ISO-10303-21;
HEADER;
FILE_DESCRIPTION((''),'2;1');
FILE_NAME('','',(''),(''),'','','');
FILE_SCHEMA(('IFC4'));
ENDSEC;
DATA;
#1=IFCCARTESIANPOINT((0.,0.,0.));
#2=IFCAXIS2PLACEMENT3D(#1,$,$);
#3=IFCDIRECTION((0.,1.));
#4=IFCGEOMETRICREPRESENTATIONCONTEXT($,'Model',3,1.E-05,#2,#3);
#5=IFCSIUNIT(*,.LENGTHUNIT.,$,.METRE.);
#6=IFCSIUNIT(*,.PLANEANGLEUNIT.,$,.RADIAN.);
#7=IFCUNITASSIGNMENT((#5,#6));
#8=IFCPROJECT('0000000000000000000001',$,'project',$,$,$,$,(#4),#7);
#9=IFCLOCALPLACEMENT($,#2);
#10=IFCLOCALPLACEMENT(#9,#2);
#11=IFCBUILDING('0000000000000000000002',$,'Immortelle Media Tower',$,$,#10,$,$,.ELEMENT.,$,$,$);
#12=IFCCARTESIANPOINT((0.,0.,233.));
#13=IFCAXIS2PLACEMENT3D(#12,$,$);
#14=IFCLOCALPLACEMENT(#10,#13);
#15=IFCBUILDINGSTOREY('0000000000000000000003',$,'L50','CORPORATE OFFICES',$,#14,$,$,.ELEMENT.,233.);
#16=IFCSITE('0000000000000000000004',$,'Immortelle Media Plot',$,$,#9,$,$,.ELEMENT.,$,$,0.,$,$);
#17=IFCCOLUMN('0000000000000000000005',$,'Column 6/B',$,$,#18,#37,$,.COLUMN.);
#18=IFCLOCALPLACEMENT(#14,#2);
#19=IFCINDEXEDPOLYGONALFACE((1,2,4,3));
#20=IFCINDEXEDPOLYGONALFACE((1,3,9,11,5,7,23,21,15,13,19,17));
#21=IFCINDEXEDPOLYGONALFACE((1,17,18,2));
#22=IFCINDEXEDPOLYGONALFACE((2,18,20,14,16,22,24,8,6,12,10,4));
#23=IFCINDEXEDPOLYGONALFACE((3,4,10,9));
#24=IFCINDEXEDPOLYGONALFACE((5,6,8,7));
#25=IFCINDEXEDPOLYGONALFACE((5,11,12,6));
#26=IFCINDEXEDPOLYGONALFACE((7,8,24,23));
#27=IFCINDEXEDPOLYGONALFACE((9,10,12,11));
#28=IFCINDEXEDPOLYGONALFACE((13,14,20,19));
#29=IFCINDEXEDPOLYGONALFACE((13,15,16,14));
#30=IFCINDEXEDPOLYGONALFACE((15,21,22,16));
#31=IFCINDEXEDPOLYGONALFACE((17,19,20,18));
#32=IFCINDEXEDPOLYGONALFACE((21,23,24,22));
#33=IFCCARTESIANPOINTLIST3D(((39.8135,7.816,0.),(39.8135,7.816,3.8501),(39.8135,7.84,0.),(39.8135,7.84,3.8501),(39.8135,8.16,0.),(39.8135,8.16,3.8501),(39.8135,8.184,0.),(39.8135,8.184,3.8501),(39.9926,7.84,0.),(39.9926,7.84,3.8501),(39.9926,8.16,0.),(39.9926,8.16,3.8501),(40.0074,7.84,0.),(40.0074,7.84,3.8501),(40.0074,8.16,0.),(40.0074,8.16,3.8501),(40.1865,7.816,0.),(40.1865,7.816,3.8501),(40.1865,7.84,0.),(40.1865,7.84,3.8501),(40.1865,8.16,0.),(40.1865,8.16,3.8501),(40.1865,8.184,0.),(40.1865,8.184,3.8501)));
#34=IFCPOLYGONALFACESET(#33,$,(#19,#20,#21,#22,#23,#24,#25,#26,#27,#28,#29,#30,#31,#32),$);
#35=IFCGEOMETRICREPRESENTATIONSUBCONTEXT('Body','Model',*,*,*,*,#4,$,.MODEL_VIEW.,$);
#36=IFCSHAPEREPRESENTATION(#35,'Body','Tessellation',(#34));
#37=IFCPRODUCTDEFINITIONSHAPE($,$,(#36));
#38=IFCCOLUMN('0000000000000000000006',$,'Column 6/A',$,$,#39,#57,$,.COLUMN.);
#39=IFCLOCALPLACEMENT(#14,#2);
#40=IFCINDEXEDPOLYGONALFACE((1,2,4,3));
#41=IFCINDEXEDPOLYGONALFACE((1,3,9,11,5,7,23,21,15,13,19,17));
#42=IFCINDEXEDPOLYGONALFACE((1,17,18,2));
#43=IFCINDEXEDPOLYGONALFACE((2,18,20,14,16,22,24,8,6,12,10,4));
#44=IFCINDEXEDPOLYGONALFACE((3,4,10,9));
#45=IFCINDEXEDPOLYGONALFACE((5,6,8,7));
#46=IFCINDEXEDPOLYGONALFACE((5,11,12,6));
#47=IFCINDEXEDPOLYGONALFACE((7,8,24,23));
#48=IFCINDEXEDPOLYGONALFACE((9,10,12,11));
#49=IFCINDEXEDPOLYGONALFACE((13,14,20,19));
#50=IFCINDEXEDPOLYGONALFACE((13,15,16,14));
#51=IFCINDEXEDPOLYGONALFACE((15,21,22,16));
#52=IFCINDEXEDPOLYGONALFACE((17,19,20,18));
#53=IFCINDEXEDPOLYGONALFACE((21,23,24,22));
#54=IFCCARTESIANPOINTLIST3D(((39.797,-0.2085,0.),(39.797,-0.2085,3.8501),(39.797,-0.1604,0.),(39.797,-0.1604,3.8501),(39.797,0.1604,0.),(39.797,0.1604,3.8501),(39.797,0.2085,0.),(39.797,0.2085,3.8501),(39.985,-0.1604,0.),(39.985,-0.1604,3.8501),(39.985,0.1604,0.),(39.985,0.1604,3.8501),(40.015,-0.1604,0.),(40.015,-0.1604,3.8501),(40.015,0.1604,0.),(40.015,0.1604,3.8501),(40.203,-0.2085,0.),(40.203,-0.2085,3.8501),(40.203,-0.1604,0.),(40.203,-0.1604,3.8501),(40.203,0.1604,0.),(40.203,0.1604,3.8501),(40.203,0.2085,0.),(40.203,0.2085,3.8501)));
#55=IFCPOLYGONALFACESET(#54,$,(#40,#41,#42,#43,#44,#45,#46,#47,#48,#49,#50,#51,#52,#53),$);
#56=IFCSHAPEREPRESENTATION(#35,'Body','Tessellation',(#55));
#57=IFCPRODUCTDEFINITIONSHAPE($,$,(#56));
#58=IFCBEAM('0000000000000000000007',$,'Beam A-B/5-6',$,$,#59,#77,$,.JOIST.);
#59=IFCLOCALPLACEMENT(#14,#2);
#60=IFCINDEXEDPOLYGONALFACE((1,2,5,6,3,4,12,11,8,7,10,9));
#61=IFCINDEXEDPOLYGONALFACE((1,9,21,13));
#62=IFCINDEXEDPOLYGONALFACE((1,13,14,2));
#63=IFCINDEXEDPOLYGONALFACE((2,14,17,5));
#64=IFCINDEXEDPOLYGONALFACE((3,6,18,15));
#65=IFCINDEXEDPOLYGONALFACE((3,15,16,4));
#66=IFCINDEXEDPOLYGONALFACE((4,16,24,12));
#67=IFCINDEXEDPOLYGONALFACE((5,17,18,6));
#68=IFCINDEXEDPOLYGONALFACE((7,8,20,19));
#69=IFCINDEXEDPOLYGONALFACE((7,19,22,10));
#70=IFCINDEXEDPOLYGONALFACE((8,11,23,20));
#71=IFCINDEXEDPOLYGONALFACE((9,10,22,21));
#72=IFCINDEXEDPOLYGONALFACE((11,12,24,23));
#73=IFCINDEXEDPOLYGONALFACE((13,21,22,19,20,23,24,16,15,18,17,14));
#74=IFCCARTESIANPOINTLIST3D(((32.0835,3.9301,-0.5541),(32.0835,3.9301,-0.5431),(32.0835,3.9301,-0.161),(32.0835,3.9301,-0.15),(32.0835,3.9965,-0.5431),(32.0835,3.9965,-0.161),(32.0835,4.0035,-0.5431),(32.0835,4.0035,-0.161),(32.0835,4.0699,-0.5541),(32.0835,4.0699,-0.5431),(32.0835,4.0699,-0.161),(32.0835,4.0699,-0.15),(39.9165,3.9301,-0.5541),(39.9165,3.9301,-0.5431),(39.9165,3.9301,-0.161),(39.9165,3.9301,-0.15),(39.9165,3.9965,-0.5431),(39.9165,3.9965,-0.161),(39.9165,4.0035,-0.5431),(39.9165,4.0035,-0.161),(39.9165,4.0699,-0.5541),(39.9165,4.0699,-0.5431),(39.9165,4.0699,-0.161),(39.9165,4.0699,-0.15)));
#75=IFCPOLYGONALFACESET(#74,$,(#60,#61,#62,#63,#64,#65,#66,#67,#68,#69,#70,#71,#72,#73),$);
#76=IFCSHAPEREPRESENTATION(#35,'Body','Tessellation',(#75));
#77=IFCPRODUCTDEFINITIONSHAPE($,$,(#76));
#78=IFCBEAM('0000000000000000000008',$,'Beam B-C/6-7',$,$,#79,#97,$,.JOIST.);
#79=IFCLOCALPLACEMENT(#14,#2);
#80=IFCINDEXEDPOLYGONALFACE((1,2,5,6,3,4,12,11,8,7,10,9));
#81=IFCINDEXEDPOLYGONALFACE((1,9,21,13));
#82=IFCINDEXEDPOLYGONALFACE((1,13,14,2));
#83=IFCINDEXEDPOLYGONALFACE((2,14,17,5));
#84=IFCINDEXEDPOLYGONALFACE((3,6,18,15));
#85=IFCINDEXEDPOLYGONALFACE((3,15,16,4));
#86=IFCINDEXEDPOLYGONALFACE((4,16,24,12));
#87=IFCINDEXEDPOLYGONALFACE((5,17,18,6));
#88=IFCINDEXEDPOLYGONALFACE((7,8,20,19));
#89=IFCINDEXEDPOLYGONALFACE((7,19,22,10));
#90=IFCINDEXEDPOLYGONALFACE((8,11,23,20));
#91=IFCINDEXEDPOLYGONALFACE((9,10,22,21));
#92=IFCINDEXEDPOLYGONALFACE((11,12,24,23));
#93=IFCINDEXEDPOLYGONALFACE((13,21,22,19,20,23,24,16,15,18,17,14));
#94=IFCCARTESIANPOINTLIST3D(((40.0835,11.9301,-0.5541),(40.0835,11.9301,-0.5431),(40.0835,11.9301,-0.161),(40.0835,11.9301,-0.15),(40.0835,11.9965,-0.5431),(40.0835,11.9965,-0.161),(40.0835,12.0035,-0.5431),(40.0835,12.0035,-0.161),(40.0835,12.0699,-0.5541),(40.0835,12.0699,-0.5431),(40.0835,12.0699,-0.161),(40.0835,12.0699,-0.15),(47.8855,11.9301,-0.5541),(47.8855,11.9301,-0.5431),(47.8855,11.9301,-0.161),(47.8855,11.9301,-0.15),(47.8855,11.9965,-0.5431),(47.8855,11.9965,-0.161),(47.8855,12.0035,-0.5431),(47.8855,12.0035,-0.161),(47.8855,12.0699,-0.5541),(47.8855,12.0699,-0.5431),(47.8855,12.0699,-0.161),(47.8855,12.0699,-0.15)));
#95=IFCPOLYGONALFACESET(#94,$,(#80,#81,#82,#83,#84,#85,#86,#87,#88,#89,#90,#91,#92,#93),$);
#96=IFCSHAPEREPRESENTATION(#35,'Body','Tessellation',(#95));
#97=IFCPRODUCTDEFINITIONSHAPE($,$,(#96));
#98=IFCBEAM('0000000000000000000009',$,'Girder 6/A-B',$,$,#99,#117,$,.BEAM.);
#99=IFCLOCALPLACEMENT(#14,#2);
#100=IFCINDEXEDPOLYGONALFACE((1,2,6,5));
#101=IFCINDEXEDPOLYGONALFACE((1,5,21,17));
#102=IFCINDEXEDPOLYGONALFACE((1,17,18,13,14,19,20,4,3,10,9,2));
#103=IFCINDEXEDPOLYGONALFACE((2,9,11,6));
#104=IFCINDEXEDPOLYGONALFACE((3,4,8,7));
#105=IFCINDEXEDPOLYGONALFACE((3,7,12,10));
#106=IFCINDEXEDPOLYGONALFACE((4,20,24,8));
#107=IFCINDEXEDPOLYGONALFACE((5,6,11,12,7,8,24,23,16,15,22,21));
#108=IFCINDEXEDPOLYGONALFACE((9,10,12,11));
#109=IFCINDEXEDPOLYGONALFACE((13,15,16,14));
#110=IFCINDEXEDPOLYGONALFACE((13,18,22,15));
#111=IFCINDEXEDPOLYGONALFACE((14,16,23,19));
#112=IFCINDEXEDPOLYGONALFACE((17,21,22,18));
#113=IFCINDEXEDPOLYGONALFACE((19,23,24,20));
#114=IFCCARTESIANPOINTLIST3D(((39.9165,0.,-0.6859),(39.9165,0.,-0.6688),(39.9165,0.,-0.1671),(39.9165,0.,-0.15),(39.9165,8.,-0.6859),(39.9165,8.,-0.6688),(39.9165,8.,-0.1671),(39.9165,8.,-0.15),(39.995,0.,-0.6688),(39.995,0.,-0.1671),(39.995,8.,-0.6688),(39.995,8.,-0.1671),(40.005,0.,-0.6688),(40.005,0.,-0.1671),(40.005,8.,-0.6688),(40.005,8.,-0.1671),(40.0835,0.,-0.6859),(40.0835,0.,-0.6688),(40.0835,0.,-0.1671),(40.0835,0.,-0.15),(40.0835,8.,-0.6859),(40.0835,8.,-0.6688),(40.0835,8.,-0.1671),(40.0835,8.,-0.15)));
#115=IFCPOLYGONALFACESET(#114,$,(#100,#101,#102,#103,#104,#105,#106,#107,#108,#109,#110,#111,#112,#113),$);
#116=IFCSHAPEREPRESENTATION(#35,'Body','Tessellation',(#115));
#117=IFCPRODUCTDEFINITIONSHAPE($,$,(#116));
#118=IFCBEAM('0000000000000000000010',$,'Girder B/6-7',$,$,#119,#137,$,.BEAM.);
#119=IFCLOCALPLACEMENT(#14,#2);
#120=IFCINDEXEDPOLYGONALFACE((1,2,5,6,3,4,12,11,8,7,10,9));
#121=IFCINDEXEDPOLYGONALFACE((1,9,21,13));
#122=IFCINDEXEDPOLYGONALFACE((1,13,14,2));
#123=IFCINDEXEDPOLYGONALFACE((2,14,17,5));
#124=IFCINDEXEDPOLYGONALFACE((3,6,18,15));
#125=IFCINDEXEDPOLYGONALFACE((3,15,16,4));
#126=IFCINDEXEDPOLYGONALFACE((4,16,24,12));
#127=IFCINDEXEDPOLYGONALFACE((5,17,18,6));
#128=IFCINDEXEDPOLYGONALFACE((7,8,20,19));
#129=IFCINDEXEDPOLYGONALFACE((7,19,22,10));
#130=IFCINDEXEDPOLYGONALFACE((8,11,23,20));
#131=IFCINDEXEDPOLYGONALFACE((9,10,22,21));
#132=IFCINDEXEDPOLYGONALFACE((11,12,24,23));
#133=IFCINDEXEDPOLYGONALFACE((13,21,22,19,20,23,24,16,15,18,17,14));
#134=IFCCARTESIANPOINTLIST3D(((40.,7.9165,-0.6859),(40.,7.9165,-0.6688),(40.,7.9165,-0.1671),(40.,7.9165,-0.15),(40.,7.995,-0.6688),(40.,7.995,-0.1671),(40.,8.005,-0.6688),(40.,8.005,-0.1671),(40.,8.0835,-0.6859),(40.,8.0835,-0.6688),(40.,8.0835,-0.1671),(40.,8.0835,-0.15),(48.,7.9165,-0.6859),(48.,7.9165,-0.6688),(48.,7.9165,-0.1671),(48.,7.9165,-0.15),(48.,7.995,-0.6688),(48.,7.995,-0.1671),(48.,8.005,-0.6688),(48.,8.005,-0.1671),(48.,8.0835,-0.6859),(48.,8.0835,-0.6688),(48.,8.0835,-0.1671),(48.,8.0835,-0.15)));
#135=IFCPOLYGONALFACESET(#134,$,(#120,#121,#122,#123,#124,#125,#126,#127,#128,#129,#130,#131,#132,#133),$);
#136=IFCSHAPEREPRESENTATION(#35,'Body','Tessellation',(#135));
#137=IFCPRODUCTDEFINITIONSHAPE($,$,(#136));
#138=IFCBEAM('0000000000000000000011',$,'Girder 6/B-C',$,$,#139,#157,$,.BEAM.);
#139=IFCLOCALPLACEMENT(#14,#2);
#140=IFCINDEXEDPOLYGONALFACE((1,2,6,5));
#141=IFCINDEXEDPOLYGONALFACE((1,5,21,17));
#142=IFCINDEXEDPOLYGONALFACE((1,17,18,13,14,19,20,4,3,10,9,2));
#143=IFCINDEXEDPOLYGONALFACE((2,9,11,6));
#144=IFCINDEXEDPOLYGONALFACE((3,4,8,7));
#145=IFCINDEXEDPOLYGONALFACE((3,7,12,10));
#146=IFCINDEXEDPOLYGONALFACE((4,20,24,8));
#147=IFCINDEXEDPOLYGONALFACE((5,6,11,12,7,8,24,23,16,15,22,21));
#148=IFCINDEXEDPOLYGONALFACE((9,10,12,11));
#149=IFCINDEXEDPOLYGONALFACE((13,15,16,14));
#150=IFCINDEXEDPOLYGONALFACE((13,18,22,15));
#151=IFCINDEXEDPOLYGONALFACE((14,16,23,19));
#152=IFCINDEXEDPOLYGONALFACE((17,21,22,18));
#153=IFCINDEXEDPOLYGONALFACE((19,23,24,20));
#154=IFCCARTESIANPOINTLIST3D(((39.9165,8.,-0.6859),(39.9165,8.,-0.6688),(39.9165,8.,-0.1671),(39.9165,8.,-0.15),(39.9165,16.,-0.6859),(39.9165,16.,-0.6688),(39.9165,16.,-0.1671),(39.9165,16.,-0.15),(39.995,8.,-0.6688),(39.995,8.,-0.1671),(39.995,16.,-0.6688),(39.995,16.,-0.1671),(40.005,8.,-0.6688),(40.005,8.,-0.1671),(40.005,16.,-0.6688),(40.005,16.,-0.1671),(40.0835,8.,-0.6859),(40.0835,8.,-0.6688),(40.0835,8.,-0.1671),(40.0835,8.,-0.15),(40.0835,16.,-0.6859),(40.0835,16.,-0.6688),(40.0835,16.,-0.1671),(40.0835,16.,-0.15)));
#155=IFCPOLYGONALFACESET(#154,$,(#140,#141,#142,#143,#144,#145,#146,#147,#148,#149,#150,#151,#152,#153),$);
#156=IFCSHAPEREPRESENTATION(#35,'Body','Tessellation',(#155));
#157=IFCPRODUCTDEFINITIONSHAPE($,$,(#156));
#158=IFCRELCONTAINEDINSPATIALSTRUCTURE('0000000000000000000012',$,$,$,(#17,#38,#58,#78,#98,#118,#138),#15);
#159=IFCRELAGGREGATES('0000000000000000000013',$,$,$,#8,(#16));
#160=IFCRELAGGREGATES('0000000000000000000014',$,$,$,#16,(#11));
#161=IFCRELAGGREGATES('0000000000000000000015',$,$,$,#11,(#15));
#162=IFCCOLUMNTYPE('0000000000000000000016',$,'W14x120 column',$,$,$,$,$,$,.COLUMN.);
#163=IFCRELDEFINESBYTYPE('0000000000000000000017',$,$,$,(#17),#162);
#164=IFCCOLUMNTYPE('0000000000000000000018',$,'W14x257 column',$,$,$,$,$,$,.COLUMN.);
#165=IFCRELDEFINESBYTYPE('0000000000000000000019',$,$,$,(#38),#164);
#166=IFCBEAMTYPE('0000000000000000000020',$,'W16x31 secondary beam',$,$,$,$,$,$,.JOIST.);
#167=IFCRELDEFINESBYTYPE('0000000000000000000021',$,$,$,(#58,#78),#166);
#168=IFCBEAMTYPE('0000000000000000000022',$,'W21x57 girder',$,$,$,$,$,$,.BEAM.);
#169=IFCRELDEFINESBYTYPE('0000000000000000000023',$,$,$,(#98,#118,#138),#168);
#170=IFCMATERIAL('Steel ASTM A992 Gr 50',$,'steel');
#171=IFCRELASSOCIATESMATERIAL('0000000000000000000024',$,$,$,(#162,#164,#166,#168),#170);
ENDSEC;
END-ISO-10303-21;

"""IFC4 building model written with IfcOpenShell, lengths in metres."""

from ifc_helpers import new_model, si_unit, direction, frame, origin, origin_2d, place, context, subcontext, project, spatial, i_section, extrude, material, material_profile, profile_set, type_object, element, save


model = new_model("IFC4")

# Units and contexts
model_context = context("Model", 3, precision=1e-05, world=origin(), true_north=direction((0.0, 1.0)))
body_context = subcontext(model_context, "Body", "Model", "MODEL_VIEW")
ifc_project = project(units=[si_unit("LENGTHUNIT", "METRE"), si_unit("PLANEANGLEUNIT", "RADIAN")], contexts=[model_context])

# Site, building, storey
site_placement = place(None, origin())
site = spatial("IfcSite", under=ifc_project, at=site_placement, Name="Immortelle Media Plot", CompositionType="ELEMENT", RefElevation=0.0)
building_placement = place(site_placement, origin())
building = spatial("IfcBuilding", under=site, at=building_placement, Name="Immortelle Media Tower", CompositionType="ELEMENT")
storey_placement = place(building_placement, frame((0.0, 0.0, 233.0)))
storey = spatial("IfcBuildingStorey", under=building, at=storey_placement, Name="L50", Description="CORPORATE OFFICES", CompositionType="ELEMENT", Elevation=233.0)

# Columns
ifc_material_1 = material(Name="Steel ASTM A992 Gr 50", Category="steel")
ifc_material_profile_1 = material_profile(ifc_material_1, i_section(OverallWidth=0.373, OverallDepth=0.3679, WebThickness=0.0149, FlangeThickness=0.0239, at=origin_2d()), Name="W14x120")
ifc_profile_set_1 = profile_set([ifc_material_profile_1], Name="Steel ASTM A992 Gr 50")
column_type_1 = type_object("IfcColumnType", Name="W14x120 column", PredefinedType="COLUMN", material=ifc_profile_set_1)
column_1_placement = place(storey_placement, frame((40.0, 8.0, 0.0), z_axis=(0.0, 0.0, 1.0), x_axis=(1.0, 0.0, 0.0)))
element("IfcColumn", 1, at=column_1_placement, inside=storey, type_object=column_type_1, Name="Column 6/B", PredefinedType="COLUMN", context=body_context, shape_type="SweptSolid", body=[
    extrude(i_section(OverallWidth=0.373, OverallDepth=0.3679, WebThickness=0.0149, FlangeThickness=0.0239, at=origin_2d()), origin(), (0.0, 0.0, 1.0), 3.8501),
])
ifc_material_profile_2 = material_profile(ifc_material_1, i_section(OverallWidth=0.406, OverallDepth=0.417, WebThickness=0.03, FlangeThickness=0.0481, at=origin_2d()), Name="W14x257")
ifc_profile_set_2 = profile_set([ifc_material_profile_2], Name="Steel ASTM A992 Gr 50")
column_type_2 = type_object("IfcColumnType", Name="W14x257 column", PredefinedType="COLUMN", material=ifc_profile_set_2)
column_2_placement = place(storey_placement, frame((40.0, 0.0, 0.0), z_axis=(0.0, 0.0, 1.0), x_axis=(1.0, 0.0, 0.0)))
element("IfcColumn", 2, at=column_2_placement, inside=storey, type_object=column_type_2, Name="Column 6/A", PredefinedType="COLUMN", context=body_context, shape_type="SweptSolid", body=[
    extrude(i_section(OverallWidth=0.406, OverallDepth=0.417, WebThickness=0.03, FlangeThickness=0.0481, at=origin_2d()), origin(), (0.0, 0.0, 1.0), 3.8501),
])

# Beams
ifc_material_profile_3 = material_profile(ifc_material_1, i_section(OverallWidth=0.1399, OverallDepth=0.4041, WebThickness=0.0071, FlangeThickness=0.011, at=origin_2d()), Name="W16x31")
ifc_profile_set_3 = profile_set([ifc_material_profile_3], Name="Steel ASTM A992 Gr 50")
beam_type_1 = type_object("IfcBeamType", Name="W16x31 secondary beam", PredefinedType="JOIST", material=ifc_profile_set_3)
beam_1_placement = place(storey_placement, frame((32.0835, 4.0, -0.3521), z_axis=(1.0, 0.0, 0.0), x_axis=(0.0, 1.0, 0.0)))
element("IfcBeam", 3, at=beam_1_placement, inside=storey, type_object=beam_type_1, Name="Beam A-B/5-6", PredefinedType="JOIST", context=body_context, shape_type="SweptSolid", body=[
    extrude(i_section(OverallWidth=0.1399, OverallDepth=0.4041, WebThickness=0.0071, FlangeThickness=0.011, at=origin_2d()), origin(), (0.0, 0.0, 1.0), 7.833),
])
beam_2_placement = place(storey_placement, frame((40.0835, 12.0, -0.3521), z_axis=(1.0, 0.0, 0.0), x_axis=(0.0, 1.0, 0.0)))
element("IfcBeam", 4, at=beam_2_placement, inside=storey, type_object=beam_type_1, Name="Beam B-C/6-7", PredefinedType="JOIST", context=body_context, shape_type="SweptSolid", body=[
    extrude(i_section(OverallWidth=0.1399, OverallDepth=0.4041, WebThickness=0.0071, FlangeThickness=0.011, at=origin_2d()), origin(), (0.0, 0.0, 1.0), 7.802),
])
ifc_material_profile_4 = material_profile(ifc_material_1, i_section(OverallWidth=0.167, OverallDepth=0.5359, WebThickness=0.01, FlangeThickness=0.0171, at=origin_2d()), Name="W21x57")
ifc_profile_set_4 = profile_set([ifc_material_profile_4], Name="Steel ASTM A992 Gr 50")
beam_type_2 = type_object("IfcBeamType", Name="W21x57 girder", PredefinedType="BEAM", material=ifc_profile_set_4)
for number, where, z_axis, x_axis, name in (
    (5, (40.0, 0.0, -0.418), (0.0, 1.0, 0.0), (-1.0, 0.0, 0.0), "Girder 6/A-B"),
    (6, (40.0, 8.0, -0.418), (1.0, 0.0, 0.0), (0.0, 1.0, 0.0), "Girder B/6-7"),
    (7, (40.0, 8.0, -0.418), (0.0, 1.0, 0.0), (-1.0, 0.0, 0.0), "Girder 6/B-C"),
):
    element("IfcBeam", number, at=place(storey_placement, frame(where, z_axis=z_axis, x_axis=x_axis)), inside=storey, type_object=beam_type_2, Name=name, PredefinedType="BEAM", context=body_context, shape_type="SweptSolid", body=[
        extrude(i_section(OverallWidth=0.167, OverallDepth=0.5359, WebThickness=0.01, FlangeThickness=0.0171, at=origin_2d()), origin(), (0.0, 0.0, 1.0), 8.0),
    ])

save(model, "model.ifc")
